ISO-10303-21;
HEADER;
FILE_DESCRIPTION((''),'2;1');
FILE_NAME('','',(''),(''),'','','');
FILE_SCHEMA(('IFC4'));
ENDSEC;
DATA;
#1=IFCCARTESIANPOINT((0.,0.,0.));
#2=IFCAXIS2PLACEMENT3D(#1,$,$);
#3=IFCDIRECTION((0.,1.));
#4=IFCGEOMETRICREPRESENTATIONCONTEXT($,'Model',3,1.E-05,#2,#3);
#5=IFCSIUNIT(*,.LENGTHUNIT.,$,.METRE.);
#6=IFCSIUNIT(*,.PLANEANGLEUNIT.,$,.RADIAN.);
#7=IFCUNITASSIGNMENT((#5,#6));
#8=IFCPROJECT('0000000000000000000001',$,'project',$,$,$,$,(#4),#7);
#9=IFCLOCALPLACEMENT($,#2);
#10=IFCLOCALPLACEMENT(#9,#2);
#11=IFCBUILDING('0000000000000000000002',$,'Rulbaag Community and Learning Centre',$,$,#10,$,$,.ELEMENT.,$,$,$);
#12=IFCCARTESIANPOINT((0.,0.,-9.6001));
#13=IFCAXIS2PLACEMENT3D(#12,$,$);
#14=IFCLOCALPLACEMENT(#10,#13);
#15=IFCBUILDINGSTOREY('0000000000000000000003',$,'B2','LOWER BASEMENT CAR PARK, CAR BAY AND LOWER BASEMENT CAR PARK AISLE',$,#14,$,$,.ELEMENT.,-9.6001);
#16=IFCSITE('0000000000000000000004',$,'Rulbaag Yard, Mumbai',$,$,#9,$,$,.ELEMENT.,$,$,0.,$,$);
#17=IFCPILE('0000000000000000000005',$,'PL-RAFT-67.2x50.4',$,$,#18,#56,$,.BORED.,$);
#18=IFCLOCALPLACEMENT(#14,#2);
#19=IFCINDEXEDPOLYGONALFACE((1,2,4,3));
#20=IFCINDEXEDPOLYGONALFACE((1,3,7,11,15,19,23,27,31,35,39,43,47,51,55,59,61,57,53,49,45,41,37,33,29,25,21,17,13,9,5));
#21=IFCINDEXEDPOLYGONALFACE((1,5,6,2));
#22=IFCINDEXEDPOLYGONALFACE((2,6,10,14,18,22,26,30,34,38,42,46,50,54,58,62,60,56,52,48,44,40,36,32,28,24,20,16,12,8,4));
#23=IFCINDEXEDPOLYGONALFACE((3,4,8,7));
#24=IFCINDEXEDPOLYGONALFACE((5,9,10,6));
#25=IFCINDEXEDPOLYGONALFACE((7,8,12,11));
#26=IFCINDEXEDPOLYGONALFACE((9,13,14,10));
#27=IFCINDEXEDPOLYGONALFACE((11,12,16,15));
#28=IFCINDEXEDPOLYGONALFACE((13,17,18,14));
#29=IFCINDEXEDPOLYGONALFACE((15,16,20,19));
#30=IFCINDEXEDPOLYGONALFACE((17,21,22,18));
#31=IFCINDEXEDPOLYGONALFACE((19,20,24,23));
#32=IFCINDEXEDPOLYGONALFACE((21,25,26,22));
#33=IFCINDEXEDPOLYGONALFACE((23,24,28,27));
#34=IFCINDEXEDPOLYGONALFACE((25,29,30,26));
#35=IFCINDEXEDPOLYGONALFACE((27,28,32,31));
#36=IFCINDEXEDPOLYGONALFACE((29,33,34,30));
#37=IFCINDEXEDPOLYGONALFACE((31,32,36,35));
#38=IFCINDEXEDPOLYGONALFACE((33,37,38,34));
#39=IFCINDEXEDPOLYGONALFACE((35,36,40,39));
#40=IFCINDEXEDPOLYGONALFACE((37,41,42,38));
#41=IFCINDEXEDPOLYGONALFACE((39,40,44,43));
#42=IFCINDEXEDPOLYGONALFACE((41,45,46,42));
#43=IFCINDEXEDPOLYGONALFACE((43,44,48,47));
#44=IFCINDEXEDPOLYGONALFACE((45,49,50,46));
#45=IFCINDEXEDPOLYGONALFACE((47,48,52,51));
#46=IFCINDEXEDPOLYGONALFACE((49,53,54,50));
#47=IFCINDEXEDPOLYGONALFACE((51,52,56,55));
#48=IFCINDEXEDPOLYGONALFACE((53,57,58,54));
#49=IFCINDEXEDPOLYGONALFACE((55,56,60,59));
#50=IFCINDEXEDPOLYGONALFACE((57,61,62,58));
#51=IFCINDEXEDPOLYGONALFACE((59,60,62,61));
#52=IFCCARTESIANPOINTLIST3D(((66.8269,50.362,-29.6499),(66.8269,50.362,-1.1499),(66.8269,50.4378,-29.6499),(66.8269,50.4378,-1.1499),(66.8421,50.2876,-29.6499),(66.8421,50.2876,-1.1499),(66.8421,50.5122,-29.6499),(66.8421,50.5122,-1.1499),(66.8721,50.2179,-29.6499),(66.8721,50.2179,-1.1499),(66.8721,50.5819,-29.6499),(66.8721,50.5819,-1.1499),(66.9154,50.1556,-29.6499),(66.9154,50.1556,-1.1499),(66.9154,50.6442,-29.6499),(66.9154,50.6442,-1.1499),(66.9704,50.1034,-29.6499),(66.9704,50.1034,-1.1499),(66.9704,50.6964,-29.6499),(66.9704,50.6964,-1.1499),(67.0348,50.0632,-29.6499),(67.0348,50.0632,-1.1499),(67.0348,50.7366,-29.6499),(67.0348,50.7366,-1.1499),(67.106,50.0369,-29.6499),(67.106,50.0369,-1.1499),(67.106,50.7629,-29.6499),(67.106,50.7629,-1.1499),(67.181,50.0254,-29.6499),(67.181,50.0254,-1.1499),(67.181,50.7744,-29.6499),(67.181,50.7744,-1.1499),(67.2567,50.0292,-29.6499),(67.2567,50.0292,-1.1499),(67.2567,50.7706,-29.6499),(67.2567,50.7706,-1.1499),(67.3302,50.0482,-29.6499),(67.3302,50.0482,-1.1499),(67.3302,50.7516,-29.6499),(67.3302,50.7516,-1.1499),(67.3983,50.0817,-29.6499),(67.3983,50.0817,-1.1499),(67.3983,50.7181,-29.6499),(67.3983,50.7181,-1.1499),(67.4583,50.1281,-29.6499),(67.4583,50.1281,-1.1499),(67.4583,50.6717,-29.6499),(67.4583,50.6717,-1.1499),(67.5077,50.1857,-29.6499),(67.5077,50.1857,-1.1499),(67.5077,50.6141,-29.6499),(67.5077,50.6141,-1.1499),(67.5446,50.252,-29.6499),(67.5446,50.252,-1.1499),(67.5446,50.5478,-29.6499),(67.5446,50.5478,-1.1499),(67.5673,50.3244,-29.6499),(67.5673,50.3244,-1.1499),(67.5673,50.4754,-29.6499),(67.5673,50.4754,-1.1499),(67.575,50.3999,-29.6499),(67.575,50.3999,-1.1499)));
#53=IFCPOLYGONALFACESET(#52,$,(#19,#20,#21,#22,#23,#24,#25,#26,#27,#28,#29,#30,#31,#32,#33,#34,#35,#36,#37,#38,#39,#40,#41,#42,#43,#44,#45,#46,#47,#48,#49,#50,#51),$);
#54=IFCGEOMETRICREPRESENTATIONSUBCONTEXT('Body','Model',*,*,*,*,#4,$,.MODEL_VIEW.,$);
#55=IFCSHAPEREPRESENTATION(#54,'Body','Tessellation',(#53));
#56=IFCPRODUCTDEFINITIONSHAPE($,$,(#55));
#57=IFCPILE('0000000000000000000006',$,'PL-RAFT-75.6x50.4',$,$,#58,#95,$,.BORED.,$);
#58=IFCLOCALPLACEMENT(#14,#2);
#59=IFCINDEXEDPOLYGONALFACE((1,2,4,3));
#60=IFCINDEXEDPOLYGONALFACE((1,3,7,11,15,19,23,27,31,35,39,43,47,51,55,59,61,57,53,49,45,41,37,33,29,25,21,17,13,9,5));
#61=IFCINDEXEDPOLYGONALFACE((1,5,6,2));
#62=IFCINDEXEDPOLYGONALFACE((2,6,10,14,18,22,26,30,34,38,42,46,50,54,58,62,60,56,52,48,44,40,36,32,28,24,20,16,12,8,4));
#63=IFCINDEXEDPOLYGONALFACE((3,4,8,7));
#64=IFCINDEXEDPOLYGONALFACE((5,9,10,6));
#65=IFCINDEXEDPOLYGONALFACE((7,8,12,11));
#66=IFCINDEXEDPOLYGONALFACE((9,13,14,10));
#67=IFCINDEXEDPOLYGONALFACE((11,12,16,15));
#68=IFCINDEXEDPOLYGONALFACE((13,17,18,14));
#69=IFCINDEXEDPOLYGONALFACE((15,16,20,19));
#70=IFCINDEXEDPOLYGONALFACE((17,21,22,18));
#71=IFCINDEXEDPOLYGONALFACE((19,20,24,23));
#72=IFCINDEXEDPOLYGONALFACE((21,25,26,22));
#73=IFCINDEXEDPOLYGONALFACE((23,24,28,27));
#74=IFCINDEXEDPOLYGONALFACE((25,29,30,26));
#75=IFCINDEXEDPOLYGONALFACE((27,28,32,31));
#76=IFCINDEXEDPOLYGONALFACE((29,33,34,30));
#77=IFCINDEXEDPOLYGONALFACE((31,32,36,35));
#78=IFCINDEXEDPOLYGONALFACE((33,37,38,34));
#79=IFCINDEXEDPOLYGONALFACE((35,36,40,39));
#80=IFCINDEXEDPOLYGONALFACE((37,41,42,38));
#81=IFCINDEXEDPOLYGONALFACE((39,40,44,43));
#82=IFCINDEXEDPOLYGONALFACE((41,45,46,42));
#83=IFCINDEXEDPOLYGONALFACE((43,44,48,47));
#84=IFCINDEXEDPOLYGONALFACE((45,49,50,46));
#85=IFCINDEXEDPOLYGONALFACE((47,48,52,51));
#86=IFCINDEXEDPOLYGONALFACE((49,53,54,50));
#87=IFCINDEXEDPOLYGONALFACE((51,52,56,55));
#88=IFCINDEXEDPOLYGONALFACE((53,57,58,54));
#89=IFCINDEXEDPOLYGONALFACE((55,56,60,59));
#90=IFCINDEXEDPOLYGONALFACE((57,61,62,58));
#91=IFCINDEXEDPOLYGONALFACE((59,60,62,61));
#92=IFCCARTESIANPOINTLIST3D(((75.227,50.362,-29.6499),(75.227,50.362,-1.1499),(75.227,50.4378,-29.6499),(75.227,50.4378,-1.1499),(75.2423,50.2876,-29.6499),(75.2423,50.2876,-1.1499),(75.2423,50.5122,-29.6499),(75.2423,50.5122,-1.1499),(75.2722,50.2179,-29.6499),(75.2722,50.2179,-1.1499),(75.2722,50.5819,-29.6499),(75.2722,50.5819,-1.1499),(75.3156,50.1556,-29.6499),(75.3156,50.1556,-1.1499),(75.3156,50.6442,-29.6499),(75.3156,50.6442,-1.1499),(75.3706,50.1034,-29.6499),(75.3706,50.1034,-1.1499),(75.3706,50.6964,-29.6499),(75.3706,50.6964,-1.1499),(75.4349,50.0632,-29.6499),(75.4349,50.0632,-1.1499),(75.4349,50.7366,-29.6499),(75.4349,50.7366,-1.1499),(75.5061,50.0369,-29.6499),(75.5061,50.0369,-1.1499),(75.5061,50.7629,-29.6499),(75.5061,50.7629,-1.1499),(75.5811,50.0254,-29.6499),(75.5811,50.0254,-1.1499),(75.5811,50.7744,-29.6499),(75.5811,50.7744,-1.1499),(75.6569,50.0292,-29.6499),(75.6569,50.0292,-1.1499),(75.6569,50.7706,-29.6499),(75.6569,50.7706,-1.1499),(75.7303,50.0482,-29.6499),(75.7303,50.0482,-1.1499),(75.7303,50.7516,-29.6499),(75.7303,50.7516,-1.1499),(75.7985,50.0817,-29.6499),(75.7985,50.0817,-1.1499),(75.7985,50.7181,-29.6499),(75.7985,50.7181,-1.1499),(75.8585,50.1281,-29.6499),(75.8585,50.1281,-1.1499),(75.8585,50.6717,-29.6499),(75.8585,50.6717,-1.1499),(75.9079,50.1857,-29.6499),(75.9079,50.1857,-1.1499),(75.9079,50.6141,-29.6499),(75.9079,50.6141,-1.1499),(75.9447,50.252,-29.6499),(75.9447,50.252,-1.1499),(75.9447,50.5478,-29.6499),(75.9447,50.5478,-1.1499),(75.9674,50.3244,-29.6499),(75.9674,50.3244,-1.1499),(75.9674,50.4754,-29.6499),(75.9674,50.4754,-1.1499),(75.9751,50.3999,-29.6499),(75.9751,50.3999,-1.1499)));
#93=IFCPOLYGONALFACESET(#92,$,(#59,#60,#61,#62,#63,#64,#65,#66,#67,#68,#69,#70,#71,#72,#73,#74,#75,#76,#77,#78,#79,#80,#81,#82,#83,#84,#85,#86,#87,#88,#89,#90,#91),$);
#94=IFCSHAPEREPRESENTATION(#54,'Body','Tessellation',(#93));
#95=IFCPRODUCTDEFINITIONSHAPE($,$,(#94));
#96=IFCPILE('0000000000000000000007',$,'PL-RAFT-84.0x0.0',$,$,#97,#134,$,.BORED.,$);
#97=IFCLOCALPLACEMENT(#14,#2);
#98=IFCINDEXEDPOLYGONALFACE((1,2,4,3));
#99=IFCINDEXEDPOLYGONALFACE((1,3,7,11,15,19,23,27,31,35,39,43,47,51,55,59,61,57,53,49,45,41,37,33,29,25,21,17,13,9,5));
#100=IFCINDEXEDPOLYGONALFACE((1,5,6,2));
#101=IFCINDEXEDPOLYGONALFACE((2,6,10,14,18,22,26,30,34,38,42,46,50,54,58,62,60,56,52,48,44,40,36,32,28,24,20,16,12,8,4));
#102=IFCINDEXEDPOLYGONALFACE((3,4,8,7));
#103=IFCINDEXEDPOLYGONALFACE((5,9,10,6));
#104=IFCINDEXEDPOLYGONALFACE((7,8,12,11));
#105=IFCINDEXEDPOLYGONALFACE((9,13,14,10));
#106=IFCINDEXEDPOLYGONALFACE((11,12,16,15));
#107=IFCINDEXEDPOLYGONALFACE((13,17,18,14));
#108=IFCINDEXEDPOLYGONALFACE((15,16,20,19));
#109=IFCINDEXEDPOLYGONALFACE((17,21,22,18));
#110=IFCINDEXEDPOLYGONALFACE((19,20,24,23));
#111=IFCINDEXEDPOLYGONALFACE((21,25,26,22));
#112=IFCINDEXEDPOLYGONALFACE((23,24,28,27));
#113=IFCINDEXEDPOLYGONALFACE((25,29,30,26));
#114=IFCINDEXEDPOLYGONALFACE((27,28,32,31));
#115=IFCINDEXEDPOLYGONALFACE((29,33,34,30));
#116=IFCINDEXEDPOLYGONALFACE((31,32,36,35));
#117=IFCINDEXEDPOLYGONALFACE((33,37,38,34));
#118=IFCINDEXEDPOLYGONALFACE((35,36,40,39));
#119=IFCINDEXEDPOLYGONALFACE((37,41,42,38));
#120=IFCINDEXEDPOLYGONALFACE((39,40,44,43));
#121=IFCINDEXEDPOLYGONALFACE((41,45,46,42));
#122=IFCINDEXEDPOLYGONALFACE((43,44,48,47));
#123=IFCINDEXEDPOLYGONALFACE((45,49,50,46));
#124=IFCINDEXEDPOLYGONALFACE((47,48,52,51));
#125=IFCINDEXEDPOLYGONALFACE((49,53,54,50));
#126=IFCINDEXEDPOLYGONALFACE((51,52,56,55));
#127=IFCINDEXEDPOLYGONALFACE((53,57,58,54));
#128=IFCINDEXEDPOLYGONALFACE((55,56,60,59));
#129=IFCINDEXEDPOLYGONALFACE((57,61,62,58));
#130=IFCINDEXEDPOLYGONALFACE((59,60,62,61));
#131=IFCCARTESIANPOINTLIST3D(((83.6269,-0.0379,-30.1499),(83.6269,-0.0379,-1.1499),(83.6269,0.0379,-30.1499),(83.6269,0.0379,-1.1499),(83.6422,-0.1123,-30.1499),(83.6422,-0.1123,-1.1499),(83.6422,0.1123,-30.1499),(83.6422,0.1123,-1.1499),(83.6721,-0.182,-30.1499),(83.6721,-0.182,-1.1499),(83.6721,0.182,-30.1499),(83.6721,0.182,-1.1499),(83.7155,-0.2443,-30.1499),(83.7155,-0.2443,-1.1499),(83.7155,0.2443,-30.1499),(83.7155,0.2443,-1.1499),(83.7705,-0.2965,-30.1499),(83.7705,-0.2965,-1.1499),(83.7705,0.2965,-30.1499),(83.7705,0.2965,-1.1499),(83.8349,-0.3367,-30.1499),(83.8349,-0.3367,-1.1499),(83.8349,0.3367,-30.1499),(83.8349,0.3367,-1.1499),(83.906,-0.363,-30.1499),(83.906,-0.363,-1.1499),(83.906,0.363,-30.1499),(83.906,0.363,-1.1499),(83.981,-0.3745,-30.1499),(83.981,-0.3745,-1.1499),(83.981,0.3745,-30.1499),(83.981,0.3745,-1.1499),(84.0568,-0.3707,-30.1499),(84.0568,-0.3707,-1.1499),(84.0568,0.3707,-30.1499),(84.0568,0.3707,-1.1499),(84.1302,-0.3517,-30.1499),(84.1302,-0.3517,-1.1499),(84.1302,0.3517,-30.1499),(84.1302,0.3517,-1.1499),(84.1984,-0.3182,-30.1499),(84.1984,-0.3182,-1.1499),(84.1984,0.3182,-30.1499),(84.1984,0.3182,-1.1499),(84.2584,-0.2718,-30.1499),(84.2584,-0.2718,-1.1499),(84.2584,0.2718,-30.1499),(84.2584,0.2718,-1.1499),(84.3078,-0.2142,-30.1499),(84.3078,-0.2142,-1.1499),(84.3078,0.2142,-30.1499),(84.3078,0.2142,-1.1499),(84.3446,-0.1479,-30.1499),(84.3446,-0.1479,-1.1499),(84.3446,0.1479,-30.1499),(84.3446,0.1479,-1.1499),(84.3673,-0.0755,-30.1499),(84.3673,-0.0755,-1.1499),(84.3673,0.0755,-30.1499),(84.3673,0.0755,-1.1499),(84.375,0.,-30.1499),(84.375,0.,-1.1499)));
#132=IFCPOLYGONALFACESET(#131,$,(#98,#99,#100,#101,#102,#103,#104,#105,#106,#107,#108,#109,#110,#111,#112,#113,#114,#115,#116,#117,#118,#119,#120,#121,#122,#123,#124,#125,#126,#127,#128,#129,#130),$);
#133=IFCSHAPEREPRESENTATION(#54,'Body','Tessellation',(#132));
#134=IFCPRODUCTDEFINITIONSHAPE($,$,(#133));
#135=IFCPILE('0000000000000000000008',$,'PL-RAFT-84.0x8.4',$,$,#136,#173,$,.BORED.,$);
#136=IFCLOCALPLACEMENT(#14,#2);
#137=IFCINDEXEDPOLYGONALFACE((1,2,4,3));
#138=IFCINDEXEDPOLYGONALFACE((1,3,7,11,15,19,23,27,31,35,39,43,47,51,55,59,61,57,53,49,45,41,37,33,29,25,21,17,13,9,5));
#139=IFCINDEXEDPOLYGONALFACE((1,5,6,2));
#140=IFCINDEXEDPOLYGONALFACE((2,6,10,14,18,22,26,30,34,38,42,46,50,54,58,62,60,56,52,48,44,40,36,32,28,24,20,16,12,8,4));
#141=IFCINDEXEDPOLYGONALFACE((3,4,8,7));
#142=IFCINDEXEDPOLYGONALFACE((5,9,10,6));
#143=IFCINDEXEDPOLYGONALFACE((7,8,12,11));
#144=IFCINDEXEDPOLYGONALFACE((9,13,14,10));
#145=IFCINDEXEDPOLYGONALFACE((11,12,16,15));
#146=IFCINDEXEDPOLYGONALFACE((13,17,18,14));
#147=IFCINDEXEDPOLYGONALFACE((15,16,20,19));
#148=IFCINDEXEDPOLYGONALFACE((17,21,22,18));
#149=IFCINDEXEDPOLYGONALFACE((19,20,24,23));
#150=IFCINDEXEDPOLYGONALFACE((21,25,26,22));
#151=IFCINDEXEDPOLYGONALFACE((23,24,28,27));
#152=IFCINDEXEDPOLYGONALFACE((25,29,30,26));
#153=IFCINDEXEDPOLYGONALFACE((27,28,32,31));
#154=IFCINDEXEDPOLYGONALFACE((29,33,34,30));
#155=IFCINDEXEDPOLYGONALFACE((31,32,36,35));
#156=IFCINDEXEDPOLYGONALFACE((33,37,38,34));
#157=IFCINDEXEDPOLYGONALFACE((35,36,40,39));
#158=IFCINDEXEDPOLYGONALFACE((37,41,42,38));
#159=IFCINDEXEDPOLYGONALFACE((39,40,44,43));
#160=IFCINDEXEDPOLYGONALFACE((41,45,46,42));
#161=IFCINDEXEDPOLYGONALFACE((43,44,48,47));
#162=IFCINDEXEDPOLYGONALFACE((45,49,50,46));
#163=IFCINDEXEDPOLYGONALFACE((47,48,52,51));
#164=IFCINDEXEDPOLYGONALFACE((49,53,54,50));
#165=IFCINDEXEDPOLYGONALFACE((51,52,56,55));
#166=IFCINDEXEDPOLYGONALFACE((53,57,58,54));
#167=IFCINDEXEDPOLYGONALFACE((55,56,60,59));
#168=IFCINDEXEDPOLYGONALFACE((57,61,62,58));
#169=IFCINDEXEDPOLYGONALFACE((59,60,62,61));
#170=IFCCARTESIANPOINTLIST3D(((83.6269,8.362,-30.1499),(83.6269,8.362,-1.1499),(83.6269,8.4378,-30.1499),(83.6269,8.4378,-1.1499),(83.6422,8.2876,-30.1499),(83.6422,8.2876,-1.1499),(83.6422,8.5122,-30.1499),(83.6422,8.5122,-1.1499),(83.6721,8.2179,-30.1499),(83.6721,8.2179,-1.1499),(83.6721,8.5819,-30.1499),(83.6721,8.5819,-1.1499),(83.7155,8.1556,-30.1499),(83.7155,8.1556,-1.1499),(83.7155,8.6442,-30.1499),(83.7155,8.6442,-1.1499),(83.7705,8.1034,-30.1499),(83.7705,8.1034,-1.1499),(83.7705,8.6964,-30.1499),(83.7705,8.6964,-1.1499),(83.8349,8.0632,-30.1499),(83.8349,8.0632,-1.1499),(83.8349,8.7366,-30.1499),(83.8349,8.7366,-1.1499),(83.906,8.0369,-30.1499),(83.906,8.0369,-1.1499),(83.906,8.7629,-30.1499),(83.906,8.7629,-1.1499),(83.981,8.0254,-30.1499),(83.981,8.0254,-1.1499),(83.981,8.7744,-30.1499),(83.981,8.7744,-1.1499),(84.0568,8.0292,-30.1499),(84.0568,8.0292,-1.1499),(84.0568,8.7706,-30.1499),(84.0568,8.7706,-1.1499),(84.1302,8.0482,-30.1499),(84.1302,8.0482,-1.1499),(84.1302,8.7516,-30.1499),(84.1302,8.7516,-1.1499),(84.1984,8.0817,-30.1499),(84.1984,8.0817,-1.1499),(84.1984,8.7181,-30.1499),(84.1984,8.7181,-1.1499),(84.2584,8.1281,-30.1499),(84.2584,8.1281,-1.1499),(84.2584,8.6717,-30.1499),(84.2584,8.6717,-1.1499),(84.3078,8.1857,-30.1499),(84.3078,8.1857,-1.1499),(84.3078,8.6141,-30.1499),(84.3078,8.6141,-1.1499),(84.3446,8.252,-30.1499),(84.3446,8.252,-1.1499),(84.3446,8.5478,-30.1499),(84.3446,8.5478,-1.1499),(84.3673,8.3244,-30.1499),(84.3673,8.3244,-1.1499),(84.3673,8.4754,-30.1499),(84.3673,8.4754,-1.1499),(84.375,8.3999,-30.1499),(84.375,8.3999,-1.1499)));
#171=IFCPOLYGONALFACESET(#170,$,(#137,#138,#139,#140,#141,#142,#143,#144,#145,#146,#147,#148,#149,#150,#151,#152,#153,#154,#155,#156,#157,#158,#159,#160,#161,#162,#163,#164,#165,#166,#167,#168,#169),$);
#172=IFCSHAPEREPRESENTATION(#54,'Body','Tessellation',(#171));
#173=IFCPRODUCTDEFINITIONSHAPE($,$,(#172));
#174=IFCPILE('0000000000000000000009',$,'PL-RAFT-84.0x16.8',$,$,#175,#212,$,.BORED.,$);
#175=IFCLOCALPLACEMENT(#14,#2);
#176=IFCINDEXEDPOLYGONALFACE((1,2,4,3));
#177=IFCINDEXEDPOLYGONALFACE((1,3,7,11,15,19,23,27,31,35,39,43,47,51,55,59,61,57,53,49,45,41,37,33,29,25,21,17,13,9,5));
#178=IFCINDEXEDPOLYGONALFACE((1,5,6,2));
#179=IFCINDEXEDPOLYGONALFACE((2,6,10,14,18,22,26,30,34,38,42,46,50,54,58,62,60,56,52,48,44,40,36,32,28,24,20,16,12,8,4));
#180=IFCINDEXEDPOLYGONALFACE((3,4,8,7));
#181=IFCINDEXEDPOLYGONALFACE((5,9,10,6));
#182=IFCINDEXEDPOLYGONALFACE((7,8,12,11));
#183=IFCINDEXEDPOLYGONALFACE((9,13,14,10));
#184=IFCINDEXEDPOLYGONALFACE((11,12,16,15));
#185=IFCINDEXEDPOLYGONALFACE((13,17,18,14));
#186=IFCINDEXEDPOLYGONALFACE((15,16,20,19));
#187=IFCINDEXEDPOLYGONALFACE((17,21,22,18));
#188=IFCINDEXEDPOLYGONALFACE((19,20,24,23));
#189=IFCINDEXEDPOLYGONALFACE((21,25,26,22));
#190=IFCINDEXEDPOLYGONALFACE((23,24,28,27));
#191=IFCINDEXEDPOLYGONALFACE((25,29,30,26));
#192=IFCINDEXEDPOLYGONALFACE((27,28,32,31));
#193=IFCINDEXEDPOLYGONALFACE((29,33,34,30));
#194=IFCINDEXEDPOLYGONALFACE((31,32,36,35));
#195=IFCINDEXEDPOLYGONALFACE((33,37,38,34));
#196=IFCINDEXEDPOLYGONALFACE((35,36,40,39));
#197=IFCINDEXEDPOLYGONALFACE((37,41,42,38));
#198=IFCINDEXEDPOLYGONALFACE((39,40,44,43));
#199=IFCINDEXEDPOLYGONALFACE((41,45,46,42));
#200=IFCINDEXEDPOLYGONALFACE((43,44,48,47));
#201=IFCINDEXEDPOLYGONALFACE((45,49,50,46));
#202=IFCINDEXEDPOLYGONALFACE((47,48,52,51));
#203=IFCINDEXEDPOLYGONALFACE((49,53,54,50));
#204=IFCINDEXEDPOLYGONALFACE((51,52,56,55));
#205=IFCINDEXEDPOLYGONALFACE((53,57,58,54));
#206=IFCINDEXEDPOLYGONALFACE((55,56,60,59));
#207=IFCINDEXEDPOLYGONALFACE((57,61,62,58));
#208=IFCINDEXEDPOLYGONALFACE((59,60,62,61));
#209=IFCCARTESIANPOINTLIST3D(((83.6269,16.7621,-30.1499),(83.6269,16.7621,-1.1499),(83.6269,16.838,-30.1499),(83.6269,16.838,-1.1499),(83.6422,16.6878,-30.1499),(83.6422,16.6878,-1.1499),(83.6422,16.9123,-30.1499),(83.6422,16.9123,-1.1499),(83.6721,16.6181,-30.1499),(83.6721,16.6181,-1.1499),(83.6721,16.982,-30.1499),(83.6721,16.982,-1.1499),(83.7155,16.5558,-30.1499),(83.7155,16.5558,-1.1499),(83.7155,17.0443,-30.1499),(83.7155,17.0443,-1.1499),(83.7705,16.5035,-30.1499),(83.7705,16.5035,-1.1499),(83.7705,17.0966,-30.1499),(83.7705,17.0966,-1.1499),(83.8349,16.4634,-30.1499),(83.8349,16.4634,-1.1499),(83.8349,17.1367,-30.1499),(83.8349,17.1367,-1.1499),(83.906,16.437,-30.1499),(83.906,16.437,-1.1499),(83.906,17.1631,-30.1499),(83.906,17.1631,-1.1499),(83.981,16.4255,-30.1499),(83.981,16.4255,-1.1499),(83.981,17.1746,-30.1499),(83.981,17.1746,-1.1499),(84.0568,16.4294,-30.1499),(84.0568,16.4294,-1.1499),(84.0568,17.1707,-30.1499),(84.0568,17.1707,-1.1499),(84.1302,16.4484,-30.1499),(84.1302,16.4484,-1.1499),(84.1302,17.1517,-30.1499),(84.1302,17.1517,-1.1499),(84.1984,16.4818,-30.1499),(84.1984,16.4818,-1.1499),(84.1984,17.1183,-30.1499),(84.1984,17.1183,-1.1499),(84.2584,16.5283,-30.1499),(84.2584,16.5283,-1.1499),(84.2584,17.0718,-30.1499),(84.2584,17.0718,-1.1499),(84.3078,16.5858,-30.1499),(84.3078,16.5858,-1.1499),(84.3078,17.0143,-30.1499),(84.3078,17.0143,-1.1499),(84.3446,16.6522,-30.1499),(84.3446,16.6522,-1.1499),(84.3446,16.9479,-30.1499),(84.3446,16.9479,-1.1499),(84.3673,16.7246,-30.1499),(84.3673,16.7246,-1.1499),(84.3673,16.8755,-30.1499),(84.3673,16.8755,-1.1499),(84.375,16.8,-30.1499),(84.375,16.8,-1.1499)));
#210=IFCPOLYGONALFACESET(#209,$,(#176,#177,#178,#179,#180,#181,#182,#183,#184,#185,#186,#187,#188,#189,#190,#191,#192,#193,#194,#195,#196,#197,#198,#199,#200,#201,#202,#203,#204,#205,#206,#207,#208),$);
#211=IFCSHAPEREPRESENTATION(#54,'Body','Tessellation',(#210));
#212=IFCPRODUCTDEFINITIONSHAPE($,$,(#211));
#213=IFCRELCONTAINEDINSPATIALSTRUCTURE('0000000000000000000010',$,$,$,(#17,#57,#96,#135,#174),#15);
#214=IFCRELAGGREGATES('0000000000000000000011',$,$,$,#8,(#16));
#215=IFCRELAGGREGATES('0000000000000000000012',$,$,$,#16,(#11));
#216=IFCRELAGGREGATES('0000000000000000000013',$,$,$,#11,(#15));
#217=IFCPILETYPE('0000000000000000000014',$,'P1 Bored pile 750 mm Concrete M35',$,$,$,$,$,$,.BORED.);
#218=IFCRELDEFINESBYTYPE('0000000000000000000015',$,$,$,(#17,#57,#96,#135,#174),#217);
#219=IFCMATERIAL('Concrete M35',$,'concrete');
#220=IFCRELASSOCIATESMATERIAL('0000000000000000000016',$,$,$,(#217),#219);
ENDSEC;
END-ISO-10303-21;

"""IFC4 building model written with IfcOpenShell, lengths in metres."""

from ifc_helpers import new_model, si_unit, direction, frame, origin, origin_2d, place, context, subcontext, project, spatial, circle, extrude, material, material_profile, profile_set, type_object, element, save


model = new_model("IFC4")

# Units and contexts
model_context = context("Model", 3, precision=1e-05, world=origin(), true_north=direction((0.0, 1.0)))
body_context = subcontext(model_context, "Body", "Model", "MODEL_VIEW")
ifc_project = project(units=[si_unit("LENGTHUNIT", "METRE"), si_unit("PLANEANGLEUNIT", "RADIAN")], contexts=[model_context])

# Site, building, storey
site_placement = place(None, origin())
site = spatial("IfcSite", under=ifc_project, at=site_placement, Name="Rulbaag Yard, Mumbai", CompositionType="ELEMENT", RefElevation=0.0)
building_placement = place(site_placement, origin())
building = spatial("IfcBuilding", under=site, at=building_placement, Name="Rulbaag Community and Learning Centre", CompositionType="ELEMENT")
storey_placement = place(building_placement, frame((0.0, 0.0, -9.6001)))
storey = spatial("IfcBuildingStorey", under=building, at=storey_placement, Name="B2", Description="LOWER BASEMENT CAR PARK, CAR BAY AND LOWER BASEMENT CAR PARK AISLE", CompositionType="ELEMENT", Elevation=-9.6001)

# Piles
ifc_material_1 = material(Name="Concrete M35", Category="concrete")
ifc_material_profile_1 = material_profile(ifc_material_1, circle(Radius=0.375, at=origin_2d()), Name="BP750")
ifc_profile_set_1 = profile_set([ifc_material_profile_1], Name="Concrete M35")
pile_type_1 = type_object("IfcPileType", Name="P1 Bored pile 750 mm Concrete M35", PredefinedType="BORED", material=ifc_profile_set_1)
for number, where, z_axis, x_axis, name in (
    (1, (67.2, 50.3999, -1.1499), (0.0, 0.0, -1.0), (1.0, 0.0, 0.0), "PL-RAFT-67.2x50.4"),
    (2, (75.6001, 50.3999, -1.1499), (0.0, 0.0, -1.0), (1.0, 0.0, 0.0), "PL-RAFT-75.6x50.4"),
):
    element("IfcPile", number, at=place(storey_placement, frame(where, z_axis=z_axis, x_axis=x_axis)), inside=storey, type_object=pile_type_1, Name=name, PredefinedType="BORED", context=body_context, shape_type="SweptSolid", body=[
        extrude(circle(Radius=0.375, at=origin_2d()), origin(), (0.0, 0.0, 1.0), 28.5),
    ])
for number, where, z_axis, x_axis, name in (
    (3, (84.0, 0.0, -1.1499), (0.0, 0.0, -1.0), (1.0, 0.0, 0.0), "PL-RAFT-84.0x0.0"),
    (4, (84.0, 8.3999, -1.1499), (0.0, 0.0, -1.0), (1.0, 0.0, 0.0), "PL-RAFT-84.0x8.4"),
    (5, (84.0, 16.8, -1.1499), (0.0, 0.0, -1.0), (1.0, 0.0, 0.0), "PL-RAFT-84.0x16.8"),
):
    element("IfcPile", number, at=place(storey_placement, frame(where, z_axis=z_axis, x_axis=x_axis)), inside=storey, type_object=pile_type_1, Name=name, PredefinedType="BORED", context=body_context, shape_type="SweptSolid", body=[
        extrude(circle(Radius=0.375, at=origin_2d()), origin(), (0.0, 0.0, 1.0), 29.0),
    ])

save(model, "model.ifc")
